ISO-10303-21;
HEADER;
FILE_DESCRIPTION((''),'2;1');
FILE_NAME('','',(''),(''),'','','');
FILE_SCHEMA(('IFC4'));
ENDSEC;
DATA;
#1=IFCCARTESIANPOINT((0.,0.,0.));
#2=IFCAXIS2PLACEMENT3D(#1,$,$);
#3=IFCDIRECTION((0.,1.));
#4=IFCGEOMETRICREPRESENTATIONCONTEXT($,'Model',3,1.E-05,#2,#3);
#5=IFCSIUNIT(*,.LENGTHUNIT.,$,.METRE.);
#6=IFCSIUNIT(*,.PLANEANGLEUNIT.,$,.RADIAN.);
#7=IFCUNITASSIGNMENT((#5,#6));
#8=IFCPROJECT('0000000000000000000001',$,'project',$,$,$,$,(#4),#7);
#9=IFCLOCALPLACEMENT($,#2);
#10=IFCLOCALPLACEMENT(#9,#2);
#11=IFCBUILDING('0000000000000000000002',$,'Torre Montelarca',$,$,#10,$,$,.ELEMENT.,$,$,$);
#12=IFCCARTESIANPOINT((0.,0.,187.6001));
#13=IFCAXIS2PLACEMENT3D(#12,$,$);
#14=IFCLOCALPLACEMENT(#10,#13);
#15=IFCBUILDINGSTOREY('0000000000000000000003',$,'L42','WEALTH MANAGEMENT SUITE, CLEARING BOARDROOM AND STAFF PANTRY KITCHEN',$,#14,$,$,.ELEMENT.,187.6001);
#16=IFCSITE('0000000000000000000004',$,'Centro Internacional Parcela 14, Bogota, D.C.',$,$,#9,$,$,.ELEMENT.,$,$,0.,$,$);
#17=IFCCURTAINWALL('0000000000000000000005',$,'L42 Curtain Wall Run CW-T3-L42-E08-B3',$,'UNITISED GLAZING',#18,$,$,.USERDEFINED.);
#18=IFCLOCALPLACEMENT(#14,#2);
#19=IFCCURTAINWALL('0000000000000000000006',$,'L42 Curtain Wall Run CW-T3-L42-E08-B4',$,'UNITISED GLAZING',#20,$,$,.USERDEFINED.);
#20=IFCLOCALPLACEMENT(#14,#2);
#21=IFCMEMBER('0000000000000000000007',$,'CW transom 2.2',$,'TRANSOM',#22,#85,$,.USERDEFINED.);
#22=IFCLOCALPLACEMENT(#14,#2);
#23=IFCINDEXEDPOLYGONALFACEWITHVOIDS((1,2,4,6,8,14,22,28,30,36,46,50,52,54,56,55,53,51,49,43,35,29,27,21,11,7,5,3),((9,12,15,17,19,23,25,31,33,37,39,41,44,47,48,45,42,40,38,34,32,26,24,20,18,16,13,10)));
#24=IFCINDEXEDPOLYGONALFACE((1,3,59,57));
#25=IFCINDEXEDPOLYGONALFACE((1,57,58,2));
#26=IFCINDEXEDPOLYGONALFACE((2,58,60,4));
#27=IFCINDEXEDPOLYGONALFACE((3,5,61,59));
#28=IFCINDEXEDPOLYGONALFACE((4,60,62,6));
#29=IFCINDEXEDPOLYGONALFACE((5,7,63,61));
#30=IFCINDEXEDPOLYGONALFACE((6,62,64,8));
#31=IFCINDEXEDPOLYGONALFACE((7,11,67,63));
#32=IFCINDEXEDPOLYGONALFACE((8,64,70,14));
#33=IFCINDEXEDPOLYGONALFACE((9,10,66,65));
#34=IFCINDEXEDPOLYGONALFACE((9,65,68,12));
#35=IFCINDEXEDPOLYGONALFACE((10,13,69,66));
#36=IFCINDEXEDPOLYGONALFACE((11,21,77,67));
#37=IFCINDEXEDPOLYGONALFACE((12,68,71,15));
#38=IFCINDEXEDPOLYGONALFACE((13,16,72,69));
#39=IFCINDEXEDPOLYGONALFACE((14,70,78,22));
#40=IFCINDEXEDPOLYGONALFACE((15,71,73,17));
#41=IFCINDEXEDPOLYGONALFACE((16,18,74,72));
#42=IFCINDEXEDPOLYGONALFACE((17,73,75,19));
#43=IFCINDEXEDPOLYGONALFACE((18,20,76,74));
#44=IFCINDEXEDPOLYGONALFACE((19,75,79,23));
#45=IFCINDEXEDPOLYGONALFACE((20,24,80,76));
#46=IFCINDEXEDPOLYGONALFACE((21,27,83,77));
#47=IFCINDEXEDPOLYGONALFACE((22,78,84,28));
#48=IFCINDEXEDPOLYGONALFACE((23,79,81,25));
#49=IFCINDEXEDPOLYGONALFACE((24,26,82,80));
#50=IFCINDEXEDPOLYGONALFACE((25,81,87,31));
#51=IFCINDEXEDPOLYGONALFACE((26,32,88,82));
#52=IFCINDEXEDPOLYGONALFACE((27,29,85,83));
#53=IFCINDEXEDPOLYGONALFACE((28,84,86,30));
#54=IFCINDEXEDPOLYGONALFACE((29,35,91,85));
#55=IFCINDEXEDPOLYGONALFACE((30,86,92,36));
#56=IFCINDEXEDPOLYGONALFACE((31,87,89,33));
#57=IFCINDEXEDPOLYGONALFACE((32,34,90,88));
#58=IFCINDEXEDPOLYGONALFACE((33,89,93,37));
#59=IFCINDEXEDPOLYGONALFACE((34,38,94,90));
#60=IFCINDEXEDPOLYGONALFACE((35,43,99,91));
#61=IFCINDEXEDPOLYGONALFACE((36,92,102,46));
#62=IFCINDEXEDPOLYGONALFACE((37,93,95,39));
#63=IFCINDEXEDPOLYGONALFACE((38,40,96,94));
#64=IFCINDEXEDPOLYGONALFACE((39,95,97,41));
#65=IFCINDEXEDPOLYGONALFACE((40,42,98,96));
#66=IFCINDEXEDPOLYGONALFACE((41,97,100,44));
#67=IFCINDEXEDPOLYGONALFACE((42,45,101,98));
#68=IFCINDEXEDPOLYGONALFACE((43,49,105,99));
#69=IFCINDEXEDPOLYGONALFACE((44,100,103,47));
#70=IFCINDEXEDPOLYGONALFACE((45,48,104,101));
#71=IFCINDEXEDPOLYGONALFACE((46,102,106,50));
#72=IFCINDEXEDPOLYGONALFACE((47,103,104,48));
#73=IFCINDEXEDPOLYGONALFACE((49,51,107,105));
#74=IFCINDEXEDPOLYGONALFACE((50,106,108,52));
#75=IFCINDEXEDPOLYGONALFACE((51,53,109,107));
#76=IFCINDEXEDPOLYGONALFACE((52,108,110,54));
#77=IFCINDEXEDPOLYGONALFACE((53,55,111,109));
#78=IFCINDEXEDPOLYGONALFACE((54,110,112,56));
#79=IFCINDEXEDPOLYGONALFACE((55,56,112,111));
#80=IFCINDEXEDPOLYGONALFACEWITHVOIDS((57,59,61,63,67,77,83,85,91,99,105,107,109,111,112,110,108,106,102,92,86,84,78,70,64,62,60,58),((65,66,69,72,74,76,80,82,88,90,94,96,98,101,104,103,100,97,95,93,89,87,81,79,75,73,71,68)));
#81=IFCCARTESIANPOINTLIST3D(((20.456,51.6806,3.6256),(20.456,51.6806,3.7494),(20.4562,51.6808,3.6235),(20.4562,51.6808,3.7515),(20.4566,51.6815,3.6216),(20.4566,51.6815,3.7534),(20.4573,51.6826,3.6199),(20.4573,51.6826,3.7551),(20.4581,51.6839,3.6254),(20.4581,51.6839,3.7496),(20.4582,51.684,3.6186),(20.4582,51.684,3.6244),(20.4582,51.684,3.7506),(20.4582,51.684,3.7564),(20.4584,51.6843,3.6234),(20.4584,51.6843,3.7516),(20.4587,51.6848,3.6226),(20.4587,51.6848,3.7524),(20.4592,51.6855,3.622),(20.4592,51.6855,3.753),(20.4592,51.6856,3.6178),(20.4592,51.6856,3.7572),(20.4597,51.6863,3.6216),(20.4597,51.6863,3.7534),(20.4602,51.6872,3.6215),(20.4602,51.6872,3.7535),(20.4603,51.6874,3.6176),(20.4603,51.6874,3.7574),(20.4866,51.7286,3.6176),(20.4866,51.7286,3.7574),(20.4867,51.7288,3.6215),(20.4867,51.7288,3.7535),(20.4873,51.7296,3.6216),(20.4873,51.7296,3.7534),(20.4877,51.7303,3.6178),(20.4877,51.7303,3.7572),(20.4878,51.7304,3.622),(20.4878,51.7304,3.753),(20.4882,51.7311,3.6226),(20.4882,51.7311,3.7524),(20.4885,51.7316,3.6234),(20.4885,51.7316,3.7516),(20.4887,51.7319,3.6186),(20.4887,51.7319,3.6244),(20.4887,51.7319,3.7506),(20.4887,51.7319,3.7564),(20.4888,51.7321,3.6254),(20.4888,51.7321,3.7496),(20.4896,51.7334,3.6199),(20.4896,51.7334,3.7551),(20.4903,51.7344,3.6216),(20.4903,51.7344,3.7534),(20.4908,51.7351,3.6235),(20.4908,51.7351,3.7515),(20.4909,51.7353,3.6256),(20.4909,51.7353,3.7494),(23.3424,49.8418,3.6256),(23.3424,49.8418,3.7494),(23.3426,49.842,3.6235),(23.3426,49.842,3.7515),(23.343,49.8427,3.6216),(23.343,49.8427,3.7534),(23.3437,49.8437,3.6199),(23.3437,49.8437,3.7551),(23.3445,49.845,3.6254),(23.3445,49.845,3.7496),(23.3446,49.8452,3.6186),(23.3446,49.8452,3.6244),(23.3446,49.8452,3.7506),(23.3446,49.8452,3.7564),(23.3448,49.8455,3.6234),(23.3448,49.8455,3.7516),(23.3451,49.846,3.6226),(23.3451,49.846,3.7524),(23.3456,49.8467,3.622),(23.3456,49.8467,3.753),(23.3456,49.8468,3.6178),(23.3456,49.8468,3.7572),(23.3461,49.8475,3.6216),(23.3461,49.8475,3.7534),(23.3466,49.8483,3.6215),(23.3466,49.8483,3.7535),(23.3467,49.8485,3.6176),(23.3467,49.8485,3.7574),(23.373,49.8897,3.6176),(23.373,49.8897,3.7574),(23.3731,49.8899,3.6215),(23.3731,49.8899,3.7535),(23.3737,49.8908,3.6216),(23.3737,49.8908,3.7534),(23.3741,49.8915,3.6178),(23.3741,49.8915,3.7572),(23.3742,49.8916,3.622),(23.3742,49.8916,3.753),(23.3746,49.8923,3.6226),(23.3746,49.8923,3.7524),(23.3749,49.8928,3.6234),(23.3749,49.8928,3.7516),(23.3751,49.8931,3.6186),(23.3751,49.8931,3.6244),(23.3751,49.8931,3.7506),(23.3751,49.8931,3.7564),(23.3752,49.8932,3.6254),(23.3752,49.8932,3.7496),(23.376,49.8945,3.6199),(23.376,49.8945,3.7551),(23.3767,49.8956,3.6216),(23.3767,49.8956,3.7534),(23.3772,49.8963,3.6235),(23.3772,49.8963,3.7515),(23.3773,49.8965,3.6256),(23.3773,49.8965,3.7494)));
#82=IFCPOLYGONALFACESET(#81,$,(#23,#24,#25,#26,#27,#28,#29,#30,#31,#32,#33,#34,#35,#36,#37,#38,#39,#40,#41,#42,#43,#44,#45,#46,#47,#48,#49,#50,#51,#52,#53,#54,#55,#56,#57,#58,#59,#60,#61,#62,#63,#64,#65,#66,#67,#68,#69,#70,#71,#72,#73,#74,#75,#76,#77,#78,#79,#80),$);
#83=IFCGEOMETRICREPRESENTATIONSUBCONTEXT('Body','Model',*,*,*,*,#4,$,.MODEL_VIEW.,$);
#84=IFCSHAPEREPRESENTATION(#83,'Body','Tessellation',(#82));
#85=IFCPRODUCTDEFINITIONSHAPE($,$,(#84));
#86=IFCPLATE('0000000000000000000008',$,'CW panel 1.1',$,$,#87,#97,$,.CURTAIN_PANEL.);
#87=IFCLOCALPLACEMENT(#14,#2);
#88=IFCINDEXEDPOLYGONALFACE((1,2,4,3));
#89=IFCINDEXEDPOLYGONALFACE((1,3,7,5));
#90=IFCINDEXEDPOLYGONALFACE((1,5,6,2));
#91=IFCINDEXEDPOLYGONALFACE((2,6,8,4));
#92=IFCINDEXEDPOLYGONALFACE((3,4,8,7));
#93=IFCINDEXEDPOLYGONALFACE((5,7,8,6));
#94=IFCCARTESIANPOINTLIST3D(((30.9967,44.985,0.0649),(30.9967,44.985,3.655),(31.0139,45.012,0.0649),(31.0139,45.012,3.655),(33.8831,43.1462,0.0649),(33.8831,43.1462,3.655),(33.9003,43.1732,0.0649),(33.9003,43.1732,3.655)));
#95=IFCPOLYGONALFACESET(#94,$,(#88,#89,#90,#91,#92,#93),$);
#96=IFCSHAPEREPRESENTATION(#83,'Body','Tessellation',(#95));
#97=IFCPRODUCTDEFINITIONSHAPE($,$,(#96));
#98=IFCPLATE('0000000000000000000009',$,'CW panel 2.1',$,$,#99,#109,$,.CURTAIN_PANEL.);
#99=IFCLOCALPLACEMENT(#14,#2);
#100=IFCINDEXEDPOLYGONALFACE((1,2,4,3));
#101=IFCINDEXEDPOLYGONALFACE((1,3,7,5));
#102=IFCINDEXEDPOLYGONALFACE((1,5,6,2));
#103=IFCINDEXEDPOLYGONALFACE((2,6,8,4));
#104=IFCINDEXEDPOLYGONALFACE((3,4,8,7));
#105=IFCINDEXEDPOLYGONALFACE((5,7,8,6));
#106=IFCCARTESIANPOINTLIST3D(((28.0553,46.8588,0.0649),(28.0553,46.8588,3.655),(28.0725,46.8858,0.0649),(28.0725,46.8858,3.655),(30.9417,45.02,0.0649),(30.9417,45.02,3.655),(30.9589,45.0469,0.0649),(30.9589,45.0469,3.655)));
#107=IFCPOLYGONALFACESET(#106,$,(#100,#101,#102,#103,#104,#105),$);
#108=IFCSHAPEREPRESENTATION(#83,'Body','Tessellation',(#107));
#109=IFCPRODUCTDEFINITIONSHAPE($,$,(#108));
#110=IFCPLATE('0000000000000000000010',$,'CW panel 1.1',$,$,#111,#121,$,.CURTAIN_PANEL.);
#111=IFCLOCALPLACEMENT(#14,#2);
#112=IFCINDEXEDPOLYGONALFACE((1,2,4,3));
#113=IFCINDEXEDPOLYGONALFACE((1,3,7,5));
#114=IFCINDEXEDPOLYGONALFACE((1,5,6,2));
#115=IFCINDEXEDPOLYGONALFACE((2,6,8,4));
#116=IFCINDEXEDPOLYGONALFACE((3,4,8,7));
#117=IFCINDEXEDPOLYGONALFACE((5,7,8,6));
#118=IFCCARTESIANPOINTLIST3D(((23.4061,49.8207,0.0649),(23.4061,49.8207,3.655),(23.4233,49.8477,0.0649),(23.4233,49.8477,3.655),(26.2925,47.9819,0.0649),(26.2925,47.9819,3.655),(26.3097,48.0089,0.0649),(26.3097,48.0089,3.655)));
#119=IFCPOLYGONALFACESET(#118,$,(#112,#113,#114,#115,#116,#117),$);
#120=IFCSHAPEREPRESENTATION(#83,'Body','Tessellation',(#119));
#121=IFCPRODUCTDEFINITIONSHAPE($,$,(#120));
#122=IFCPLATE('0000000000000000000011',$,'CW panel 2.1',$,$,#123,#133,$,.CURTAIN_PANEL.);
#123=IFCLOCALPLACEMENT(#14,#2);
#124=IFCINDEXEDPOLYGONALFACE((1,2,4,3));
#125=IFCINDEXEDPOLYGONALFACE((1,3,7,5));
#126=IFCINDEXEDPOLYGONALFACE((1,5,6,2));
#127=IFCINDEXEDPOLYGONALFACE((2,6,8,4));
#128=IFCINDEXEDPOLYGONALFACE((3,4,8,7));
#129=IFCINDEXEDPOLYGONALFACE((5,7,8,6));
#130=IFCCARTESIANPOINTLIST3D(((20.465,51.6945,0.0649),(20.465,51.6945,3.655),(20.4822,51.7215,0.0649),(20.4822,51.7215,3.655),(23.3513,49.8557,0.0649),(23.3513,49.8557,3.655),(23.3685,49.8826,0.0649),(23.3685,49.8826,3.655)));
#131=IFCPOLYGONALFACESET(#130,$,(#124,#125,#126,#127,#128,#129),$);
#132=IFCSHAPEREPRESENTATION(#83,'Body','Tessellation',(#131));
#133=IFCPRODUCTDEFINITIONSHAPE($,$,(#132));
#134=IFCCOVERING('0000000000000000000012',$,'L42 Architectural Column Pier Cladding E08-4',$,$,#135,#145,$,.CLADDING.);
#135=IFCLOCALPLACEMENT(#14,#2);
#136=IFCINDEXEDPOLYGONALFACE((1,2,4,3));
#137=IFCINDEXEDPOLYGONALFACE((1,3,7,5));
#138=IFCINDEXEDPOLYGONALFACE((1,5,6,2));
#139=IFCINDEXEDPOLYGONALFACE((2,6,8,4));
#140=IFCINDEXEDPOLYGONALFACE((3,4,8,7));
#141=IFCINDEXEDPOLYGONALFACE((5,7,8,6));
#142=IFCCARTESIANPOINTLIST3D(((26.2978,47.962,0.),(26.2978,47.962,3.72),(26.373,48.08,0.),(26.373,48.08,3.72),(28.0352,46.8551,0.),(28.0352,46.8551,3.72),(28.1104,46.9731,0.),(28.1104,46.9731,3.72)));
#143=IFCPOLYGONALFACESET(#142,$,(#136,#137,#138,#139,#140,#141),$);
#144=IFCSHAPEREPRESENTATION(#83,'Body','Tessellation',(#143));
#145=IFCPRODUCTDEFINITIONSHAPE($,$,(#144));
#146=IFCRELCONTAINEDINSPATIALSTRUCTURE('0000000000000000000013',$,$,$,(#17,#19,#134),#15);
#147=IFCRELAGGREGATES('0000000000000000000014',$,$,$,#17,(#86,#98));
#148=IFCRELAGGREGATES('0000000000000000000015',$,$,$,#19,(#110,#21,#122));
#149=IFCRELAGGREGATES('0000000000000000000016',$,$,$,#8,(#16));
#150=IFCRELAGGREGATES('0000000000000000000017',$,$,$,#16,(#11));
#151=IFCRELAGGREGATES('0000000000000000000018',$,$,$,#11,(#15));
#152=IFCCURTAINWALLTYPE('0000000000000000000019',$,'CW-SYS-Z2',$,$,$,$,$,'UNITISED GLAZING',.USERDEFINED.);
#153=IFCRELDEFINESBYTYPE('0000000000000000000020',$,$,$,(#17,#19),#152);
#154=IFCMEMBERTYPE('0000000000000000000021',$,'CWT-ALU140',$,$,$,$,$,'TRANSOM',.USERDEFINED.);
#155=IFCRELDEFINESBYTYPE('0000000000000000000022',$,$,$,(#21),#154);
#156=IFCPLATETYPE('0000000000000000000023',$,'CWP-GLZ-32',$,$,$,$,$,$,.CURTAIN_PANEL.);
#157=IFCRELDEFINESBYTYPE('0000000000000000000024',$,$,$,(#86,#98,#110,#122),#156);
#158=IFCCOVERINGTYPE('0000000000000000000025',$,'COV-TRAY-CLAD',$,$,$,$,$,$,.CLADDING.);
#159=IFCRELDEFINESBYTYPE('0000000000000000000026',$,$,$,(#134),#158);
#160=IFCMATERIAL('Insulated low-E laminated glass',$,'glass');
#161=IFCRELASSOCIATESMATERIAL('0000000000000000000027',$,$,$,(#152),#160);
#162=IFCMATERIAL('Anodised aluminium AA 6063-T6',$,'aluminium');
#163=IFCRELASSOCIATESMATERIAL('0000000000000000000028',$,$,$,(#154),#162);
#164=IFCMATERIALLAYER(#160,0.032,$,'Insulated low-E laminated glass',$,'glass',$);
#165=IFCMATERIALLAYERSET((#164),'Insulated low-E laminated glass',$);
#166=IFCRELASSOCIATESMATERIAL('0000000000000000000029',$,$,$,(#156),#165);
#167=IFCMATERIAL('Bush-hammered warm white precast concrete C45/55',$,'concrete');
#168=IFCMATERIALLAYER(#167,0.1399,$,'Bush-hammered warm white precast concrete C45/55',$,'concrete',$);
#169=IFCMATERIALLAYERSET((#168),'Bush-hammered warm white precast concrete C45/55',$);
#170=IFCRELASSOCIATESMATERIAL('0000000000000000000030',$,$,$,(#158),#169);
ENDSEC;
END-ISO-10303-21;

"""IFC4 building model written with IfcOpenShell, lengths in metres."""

from ifc_helpers import new_model, si_unit, direction, frame, origin, origin_2d, place, context, subcontext, project, spatial, rectangle, hollow_rectangle, extrude, source, transform, mapped, material, layer, layer_set, material_profile, profile_set, type_object, element, aggregate, save


model = new_model("IFC4")

# Units and contexts
model_context = context("Model", 3, precision=1e-05, world=origin(), true_north=direction((0.0, 1.0)))
body_context = subcontext(model_context, "Body", "Model", "MODEL_VIEW")
ifc_project = project(units=[si_unit("LENGTHUNIT", "METRE"), si_unit("PLANEANGLEUNIT", "RADIAN")], contexts=[model_context])

# Site, building, storey
site_placement = place(None, origin())
site = spatial("IfcSite", under=ifc_project, at=site_placement, Name="Centro Internacional Parcela 14, Bogota, D.C.", CompositionType="ELEMENT", RefElevation=0.0)
building_placement = place(site_placement, origin())
building = spatial("IfcBuilding", under=site, at=building_placement, Name="Torre Montelarca", CompositionType="ELEMENT")
storey_placement = place(building_placement, frame((0.0, 0.0, 187.6001)))
storey = spatial("IfcBuildingStorey", under=building, at=storey_placement, Name="L42", Description="WEALTH MANAGEMENT SUITE, CLEARING BOARDROOM AND STAFF PANTRY KITCHEN", CompositionType="ELEMENT", Elevation=187.6001)

# Curtain walls
ifc_material_1 = material(Name="Insulated low-E laminated glass", Category="glass")
curtain_wall_type = type_object("IfcCurtainWallType", Name="CW-SYS-Z2", ElementType="UNITISED GLAZING", PredefinedType="USERDEFINED", material=ifc_material_1)
curtain_wall_1_placement = place(storey_placement, origin())
curtain_wall_1 = element("IfcCurtainWall", 1, at=curtain_wall_1_placement, inside=storey, type_object=curtain_wall_type, Name="L42 Curtain Wall Run CW-T3-L42-E08-B3", ObjectType="UNITISED GLAZING", PredefinedType="USERDEFINED")
ifc_material_2 = material(Name="Anodised aluminium AA 6063-T6", Category="aluminium")
curtain_wall_2_placement = place(storey_placement, origin())
curtain_wall_2 = element("IfcCurtainWall", 2, at=curtain_wall_2_placement, inside=storey, type_object=curtain_wall_type, Name="L42 Curtain Wall Run CW-T3-L42-E08-B4", ObjectType="UNITISED GLAZING", PredefinedType="USERDEFINED")

# Member
ifc_material_profile_1 = material_profile(ifc_material_2, hollow_rectangle(XDim=0.0649, YDim=0.1399, WallThickness=0.0039, InnerFilletRadius=0.0039, OuterFilletRadius=0.0081, at=origin_2d()), Name="ALU65X140X4", Category="aluminium")
ifc_profile_set_1 = profile_set([ifc_material_profile_1], Name="Anodised aluminium AA 6063-T6")
member_type_1 = type_object("IfcMemberType", Name="CWT-ALU140", ElementType="TRANSOM", PredefinedType="USERDEFINED", material=ifc_profile_set_1)
shared_shape_1 = source(origin(), body_context, "Body", "SweptSolid", [
    extrude(hollow_rectangle(XDim=0.0649, YDim=0.1399, WallThickness=0.0039, InnerFilletRadius=0.0039, OuterFilletRadius=0.0081, at=origin_2d()), origin(), (0.0, 0.0, 1.0), 3.4224),
])
member_1_placement = place(storey_placement, frame((23.3599, 49.8691, 3.6875), z_axis=(-0.843394, 0.537295, 0.0), x_axis=(-0.537295, -0.843394, 0.0)))
member_1 = element("IfcMember", 3, at=member_1_placement, type_object=member_type_1, Name="CW transom 2.2", ObjectType="TRANSOM", PredefinedType="USERDEFINED", context=body_context, shape_type="MappedRepresentation", body=[
    mapped(shared_shape_1, transform((0.0, 0.0, 0.0), scale=1.0)),
])

# Plates
ifc_layer_1 = layer(ifc_material_1, 0.032, Name="Insulated low-E laminated glass", Category="glass")
ifc_layer_set_1 = layer_set([ifc_layer_1], Name="Insulated low-E laminated glass")
plate_type = type_object("IfcPlateType", Name="CWP-GLZ-32", PredefinedType="CURTAIN_PANEL", material=ifc_layer_set_1)
shared_shape_2 = source(origin(), body_context, "Body", "SweptSolid", [
    extrude(rectangle(XDim=3.4224, YDim=0.032, at=origin_2d()), origin(), (0.0, 0.0, 1.0), 3.5901),
])
plate_1_placement = place(storey_placement, frame((32.4485, 44.0791, 0.0649), z_axis=(0.0, 0.0, 1.0), x_axis=(-0.843388, 0.537306, 0.0)))
plate_1 = element("IfcPlate", 4, at=plate_1_placement, type_object=plate_type, Name="CW panel 1.1", PredefinedType="CURTAIN_PANEL", context=body_context, shape_type="MappedRepresentation", body=[
    mapped(shared_shape_2, transform((0.0, 0.0, 0.0), scale=1.0)),
])
plate_2_placement = place(storey_placement, frame((29.5071, 45.9529, 0.0649), z_axis=(0.0, 0.0, 1.0), x_axis=(-0.843388, 0.537306, 0.0)))
plate_2 = element("IfcPlate", 5, at=plate_2_placement, type_object=plate_type, Name="CW panel 2.1", PredefinedType="CURTAIN_PANEL", context=body_context, shape_type="MappedRepresentation", body=[
    mapped(shared_shape_2, transform((0.0, 0.0, 0.0), scale=1.0)),
])
aggregate(curtain_wall_1, [plate_1, plate_2])
plate_3_placement = place(storey_placement, frame((24.8579, 48.9148, 0.0649), z_axis=(0.0, 0.0, 1.0), x_axis=(-0.843388, 0.537306, 0.0)))
plate_3 = element("IfcPlate", 6, at=plate_3_placement, type_object=plate_type, Name="CW panel 1.1", PredefinedType="CURTAIN_PANEL", context=body_context, shape_type="MappedRepresentation", body=[
    mapped(shared_shape_2, transform((0.0, 0.0, 0.0), scale=1.0)),
])
plate_4_placement = place(storey_placement, frame((21.9167, 50.7886, 0.0649), z_axis=(0.0, 0.0, 1.0), x_axis=(-0.843388, 0.537306, 0.0)))
plate_4 = element("IfcPlate", 7, at=plate_4_placement, type_object=plate_type, Name="CW panel 2.1", PredefinedType="CURTAIN_PANEL", context=body_context, shape_type="MappedRepresentation", body=[
    mapped(shared_shape_2, transform((0.0, 0.0, 0.0), scale=1.0)),
])
aggregate(curtain_wall_2, [plate_3, member_1, plate_4])

# Covering
ifc_material_3 = material(Name="Bush-hammered warm white precast concrete C45/55", Category="concrete")
ifc_layer_2 = layer(ifc_material_3, 0.1399, Name="Bush-hammered warm white precast concrete C45/55", Category="concrete")
ifc_layer_set_2 = layer_set([ifc_layer_2], Name="Bush-hammered warm white precast concrete C45/55")
covering_type = type_object("IfcCoveringType", Name="COV-TRAY-CLAD", PredefinedType="CLADDING", material=ifc_layer_set_2)
shared_shape_3 = source(origin(), body_context, "Body", "SweptSolid", [
    extrude(rectangle(XDim=2.0601, YDim=0.1399, at=origin_2d()), origin(), (0.0, 0.0, 1.0), 3.72),
])
covering_placement = place(storey_placement, frame((27.2041, 47.4675, 0.0), z_axis=(0.0, 0.0, 1.0), x_axis=(-0.843391, 0.537301, 0.0)))
element("IfcCovering", 8, at=covering_placement, inside=storey, type_object=covering_type, Name="L42 Architectural Column Pier Cladding E08-4", PredefinedType="CLADDING", context=body_context, shape_type="MappedRepresentation", body=[
    mapped(shared_shape_3, transform((0.0, 0.0, 0.0), scale=1.0)),
])

save(model, "model.ifc")
